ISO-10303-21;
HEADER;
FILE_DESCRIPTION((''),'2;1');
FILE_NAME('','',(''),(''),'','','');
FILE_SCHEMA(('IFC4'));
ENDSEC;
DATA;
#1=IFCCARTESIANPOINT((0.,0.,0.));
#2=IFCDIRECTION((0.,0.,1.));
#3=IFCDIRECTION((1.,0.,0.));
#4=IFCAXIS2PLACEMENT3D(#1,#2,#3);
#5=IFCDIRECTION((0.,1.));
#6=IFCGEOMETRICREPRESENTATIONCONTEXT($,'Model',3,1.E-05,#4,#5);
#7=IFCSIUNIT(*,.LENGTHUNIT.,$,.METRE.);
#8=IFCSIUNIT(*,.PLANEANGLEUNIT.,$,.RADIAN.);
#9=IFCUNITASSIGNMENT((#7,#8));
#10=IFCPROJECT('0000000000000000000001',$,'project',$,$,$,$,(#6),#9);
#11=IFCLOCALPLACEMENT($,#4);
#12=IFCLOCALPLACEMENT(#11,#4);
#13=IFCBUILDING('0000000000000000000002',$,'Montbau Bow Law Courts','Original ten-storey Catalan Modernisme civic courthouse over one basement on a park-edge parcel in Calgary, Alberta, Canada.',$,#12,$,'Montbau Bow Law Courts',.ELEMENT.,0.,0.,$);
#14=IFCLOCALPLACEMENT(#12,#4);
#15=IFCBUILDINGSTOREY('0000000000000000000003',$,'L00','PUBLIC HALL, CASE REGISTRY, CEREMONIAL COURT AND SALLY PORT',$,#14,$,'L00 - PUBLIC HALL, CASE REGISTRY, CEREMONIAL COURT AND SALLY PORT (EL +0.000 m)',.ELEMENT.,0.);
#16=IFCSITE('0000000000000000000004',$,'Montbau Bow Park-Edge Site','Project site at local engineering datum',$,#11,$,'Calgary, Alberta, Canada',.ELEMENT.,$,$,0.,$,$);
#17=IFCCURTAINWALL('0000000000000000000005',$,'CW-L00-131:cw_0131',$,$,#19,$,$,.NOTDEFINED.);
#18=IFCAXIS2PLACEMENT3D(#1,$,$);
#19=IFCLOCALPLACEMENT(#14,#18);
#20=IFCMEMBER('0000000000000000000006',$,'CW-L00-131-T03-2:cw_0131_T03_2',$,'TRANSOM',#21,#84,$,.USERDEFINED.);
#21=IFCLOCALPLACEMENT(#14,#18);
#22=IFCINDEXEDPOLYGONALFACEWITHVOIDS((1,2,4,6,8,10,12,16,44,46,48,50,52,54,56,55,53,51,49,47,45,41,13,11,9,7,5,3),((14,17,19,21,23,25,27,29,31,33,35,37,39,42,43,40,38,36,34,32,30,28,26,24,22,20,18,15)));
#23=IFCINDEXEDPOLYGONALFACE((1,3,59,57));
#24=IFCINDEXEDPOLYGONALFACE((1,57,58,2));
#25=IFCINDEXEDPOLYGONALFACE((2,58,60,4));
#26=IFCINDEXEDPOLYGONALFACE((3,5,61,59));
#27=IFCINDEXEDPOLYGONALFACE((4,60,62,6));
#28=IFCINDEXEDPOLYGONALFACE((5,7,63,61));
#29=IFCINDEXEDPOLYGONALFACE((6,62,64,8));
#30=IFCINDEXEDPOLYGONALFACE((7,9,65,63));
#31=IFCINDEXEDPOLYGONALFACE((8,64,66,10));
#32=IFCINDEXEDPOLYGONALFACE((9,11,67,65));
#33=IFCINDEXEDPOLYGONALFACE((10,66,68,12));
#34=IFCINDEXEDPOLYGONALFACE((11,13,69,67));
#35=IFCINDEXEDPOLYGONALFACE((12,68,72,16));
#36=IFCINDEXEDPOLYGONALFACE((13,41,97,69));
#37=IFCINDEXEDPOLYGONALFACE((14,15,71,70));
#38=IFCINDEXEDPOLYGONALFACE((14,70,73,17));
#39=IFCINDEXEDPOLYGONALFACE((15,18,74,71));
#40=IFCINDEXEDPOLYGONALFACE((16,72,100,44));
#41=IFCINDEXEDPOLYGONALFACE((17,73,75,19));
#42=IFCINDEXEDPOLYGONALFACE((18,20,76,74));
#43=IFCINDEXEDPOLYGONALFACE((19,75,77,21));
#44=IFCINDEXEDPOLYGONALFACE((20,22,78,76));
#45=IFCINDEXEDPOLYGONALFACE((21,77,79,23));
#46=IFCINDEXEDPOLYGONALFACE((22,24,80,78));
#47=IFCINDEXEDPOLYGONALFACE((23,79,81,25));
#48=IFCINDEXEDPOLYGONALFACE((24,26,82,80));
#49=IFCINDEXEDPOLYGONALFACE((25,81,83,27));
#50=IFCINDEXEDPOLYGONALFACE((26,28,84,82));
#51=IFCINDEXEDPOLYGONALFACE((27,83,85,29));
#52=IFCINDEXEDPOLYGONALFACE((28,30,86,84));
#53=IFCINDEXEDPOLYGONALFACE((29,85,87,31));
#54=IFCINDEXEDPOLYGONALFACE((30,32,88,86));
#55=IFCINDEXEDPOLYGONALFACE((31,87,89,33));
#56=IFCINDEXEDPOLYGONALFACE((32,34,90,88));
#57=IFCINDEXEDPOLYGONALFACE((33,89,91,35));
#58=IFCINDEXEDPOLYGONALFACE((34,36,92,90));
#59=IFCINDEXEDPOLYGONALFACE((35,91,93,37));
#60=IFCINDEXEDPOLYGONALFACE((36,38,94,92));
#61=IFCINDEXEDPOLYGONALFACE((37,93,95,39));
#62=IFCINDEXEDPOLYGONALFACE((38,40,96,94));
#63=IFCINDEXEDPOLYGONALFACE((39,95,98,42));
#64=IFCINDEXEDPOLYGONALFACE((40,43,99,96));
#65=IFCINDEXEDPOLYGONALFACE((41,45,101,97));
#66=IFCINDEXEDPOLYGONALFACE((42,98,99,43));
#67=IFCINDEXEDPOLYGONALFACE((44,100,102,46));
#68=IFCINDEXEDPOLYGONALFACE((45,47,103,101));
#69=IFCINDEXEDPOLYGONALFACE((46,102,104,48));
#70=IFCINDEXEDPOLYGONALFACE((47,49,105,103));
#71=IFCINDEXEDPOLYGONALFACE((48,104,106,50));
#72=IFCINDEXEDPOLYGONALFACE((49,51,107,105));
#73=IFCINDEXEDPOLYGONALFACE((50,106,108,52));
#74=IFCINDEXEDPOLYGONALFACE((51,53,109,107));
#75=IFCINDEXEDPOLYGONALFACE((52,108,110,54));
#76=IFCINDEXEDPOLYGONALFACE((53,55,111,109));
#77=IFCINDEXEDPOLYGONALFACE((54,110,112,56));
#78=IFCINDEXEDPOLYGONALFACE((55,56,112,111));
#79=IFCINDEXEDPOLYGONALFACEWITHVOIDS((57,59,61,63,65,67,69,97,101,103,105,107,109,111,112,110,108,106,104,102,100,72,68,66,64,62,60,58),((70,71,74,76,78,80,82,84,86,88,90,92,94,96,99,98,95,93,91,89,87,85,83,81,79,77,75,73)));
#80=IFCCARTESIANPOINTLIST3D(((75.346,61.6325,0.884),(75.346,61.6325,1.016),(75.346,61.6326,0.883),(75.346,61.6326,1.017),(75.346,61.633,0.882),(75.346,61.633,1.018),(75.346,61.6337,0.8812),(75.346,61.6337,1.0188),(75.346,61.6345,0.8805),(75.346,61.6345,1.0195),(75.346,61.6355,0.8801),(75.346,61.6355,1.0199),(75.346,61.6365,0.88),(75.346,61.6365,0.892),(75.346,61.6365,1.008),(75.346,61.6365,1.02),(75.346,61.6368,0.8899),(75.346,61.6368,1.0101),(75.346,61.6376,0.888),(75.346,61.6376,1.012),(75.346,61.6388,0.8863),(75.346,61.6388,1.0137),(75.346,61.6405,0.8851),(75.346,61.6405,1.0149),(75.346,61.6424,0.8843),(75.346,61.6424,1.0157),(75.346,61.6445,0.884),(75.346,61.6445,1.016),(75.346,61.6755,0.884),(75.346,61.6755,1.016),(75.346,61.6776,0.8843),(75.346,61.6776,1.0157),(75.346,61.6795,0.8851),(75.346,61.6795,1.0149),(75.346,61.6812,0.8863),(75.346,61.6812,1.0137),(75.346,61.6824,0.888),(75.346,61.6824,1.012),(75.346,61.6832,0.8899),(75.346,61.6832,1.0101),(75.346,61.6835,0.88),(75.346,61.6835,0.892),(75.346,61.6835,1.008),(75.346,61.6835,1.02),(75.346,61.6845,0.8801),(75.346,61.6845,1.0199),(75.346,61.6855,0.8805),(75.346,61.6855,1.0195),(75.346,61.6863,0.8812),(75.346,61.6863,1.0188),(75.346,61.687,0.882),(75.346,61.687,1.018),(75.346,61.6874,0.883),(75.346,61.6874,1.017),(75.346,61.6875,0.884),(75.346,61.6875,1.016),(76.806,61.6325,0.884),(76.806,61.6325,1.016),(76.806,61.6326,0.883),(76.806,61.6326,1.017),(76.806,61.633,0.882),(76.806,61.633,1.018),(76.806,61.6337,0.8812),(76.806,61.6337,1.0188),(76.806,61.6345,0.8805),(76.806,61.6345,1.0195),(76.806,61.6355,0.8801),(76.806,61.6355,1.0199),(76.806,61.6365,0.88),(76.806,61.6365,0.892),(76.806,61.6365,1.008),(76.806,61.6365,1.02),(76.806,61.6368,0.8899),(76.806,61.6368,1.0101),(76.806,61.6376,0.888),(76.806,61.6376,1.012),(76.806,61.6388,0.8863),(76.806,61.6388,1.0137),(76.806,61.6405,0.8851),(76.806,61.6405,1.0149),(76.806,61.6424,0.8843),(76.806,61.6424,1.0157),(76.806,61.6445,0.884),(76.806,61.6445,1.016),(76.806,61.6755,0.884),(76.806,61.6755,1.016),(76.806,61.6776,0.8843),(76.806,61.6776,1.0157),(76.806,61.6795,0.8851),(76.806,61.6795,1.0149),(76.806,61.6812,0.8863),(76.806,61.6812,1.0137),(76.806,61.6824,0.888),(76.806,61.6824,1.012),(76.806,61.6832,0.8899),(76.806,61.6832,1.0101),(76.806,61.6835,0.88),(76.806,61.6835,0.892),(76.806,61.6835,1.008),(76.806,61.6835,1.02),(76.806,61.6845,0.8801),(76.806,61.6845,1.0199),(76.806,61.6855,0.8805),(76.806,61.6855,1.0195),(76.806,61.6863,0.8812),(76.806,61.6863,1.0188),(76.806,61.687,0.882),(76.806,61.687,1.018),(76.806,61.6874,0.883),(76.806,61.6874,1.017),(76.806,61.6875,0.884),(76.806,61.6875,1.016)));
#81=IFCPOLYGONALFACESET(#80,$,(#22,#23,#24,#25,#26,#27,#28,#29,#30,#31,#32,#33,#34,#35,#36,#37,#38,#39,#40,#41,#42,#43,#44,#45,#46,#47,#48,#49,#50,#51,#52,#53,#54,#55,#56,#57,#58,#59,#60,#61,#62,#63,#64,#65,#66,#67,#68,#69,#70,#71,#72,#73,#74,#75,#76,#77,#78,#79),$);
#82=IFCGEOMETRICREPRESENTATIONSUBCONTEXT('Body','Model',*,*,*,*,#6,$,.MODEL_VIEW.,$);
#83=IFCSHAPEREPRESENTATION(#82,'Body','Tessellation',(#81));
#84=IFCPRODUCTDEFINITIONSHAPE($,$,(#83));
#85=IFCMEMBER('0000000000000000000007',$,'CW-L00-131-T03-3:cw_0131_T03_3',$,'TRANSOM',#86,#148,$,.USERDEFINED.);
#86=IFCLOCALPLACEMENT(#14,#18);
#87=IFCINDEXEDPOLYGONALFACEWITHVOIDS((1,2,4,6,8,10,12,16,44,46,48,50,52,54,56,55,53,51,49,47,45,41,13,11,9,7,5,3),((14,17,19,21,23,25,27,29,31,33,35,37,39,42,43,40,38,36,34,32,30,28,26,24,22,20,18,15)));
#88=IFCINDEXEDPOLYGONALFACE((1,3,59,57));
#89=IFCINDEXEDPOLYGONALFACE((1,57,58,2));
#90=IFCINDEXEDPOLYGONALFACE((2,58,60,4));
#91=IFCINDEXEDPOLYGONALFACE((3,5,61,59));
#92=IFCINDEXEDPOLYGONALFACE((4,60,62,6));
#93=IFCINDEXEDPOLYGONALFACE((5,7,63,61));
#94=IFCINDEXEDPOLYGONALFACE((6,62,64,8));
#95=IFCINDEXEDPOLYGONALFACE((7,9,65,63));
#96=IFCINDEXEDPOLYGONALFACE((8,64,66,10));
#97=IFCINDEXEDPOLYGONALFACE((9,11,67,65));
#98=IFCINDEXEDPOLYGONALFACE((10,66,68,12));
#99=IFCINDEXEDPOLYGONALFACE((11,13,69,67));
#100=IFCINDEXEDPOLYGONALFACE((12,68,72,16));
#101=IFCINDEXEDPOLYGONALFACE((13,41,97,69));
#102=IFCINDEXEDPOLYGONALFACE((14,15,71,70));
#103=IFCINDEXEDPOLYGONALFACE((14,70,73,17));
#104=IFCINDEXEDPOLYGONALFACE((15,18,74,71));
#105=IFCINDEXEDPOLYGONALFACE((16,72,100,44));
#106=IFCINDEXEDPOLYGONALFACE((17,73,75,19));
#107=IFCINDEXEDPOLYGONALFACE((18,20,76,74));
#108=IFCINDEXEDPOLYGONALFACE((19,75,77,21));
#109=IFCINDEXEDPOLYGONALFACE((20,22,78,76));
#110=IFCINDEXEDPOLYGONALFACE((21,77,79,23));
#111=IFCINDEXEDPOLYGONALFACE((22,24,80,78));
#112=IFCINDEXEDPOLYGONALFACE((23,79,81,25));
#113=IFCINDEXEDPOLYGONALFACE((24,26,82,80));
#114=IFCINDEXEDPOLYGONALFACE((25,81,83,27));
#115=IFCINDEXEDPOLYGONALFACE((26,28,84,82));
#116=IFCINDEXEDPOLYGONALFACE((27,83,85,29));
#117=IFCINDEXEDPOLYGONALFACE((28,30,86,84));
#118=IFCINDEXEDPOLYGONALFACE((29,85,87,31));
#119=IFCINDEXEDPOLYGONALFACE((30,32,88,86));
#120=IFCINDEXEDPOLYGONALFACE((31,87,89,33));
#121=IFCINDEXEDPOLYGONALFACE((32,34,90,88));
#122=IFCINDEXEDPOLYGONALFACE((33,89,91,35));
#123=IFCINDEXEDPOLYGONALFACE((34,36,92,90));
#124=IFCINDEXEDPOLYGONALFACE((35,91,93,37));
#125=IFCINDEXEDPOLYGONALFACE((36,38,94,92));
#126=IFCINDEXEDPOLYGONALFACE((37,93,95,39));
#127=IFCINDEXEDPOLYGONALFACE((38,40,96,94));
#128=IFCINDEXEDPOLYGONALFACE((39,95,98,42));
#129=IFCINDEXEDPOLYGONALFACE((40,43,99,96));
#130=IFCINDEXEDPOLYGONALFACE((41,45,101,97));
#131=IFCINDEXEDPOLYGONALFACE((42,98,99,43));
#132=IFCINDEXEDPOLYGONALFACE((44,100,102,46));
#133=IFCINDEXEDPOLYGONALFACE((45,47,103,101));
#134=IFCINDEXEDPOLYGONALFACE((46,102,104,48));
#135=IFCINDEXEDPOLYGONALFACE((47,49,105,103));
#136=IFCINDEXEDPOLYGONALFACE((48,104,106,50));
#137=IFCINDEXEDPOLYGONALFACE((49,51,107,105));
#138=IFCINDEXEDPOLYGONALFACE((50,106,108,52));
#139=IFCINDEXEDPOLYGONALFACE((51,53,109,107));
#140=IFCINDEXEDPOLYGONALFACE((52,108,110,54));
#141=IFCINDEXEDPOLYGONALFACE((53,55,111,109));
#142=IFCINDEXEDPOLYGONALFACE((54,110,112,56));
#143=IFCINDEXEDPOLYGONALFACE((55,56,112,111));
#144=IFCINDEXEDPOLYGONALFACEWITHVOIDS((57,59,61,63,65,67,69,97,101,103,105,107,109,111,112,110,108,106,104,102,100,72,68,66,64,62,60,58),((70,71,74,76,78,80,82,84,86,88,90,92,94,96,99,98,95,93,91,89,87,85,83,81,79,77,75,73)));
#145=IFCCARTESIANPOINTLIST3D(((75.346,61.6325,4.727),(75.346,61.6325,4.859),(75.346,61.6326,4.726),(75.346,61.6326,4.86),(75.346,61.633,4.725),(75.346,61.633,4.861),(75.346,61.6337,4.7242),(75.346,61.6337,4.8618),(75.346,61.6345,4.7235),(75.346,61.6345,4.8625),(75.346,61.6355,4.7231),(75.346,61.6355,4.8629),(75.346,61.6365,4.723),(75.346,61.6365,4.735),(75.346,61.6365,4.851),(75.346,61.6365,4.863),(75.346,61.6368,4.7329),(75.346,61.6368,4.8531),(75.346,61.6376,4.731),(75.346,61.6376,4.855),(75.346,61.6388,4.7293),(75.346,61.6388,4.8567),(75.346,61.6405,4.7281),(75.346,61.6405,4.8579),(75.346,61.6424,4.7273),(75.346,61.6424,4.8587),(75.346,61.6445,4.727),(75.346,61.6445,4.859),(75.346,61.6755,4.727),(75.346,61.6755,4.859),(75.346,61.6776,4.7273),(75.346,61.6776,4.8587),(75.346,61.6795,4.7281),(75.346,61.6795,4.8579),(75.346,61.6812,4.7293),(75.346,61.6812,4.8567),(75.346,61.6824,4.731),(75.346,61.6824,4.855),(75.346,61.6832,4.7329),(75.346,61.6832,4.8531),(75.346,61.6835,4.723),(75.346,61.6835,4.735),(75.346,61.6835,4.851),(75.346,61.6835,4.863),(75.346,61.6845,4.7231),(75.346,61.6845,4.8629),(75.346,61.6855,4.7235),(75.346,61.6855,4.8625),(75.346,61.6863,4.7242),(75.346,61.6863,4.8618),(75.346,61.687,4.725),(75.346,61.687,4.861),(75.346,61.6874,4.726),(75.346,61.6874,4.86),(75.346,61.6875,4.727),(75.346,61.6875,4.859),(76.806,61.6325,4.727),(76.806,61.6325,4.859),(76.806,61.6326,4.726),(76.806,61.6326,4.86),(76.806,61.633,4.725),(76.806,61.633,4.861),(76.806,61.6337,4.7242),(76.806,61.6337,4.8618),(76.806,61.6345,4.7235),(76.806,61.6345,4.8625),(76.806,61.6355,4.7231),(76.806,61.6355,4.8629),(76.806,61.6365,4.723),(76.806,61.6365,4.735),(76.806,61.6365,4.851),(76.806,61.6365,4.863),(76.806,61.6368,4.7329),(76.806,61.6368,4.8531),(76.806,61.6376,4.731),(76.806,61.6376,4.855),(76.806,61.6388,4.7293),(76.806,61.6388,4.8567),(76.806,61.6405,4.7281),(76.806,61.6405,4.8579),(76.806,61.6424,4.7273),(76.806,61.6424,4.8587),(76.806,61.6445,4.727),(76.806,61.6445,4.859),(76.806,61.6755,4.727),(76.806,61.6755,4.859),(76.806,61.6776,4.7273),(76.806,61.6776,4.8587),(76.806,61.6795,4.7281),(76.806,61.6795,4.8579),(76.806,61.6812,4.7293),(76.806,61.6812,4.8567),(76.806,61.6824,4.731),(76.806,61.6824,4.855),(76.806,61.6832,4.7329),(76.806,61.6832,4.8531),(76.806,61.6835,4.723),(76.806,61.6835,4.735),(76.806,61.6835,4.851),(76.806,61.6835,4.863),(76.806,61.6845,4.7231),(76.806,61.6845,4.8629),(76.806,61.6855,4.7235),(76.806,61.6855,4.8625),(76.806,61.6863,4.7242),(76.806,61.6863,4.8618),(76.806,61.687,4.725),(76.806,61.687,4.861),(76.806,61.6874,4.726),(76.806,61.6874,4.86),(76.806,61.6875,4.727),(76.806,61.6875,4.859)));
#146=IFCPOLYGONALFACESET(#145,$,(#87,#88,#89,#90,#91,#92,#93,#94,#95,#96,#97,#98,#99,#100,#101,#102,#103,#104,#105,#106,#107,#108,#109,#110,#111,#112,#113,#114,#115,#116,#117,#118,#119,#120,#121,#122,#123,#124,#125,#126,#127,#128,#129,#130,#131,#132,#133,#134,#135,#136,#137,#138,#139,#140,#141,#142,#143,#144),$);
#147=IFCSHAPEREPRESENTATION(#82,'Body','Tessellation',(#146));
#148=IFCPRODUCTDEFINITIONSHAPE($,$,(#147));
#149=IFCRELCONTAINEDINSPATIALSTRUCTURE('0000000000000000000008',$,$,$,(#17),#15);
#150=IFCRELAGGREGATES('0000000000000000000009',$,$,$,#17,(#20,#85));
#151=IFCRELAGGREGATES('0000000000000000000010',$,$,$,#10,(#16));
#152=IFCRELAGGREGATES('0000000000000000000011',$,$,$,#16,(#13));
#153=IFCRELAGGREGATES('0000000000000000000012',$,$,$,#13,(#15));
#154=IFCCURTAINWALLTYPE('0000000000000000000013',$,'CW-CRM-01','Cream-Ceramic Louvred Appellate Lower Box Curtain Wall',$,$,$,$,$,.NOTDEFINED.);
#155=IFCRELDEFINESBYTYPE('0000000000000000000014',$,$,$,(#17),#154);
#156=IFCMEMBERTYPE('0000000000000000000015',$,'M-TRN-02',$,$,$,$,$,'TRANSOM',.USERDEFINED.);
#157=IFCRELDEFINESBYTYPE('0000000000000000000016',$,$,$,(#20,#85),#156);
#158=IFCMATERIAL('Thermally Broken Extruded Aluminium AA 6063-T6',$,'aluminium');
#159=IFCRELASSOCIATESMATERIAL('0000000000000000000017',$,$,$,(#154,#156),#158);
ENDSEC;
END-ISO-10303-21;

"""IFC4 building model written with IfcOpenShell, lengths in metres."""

from ifc_helpers import new_model, si_unit, direction, frame, origin_with_axes, origin_2d_with_axis, place, context, subcontext, project, spatial, hollow_rectangle, extrude, material, material_profile, profile_set, type_object, element, aggregate, save


model = new_model("IFC4")

# Units and contexts
model_context = context("Model", 3, precision=1e-05, world=origin_with_axes(), true_north=direction((0.0, 1.0)))
body_context = subcontext(model_context, "Body", "Model", "MODEL_VIEW")
ifc_project = project(units=[si_unit("LENGTHUNIT", "METRE"), si_unit("PLANEANGLEUNIT", "RADIAN")], contexts=[model_context])

# Site, building, storey
site_placement = place(None, origin_with_axes())
site = spatial("IfcSite", under=ifc_project, at=site_placement, Name="Montbau Bow Park-Edge Site", Description="Project site at local engineering datum", LongName="Calgary, Alberta, Canada", CompositionType="ELEMENT", RefElevation=0.0)
building_placement = place(site_placement, origin_with_axes())
building = spatial("IfcBuilding", under=site, at=building_placement, Name="Montbau Bow Law Courts", Description="Original ten-storey Catalan Modernisme civic courthouse over one basement on a park-edge parcel in Calgary, Alberta, Canada.", LongName="Montbau Bow Law Courts", CompositionType="ELEMENT", ElevationOfRefHeight=0.0, ElevationOfTerrain=0.0)
storey_placement = place(building_placement, origin_with_axes())
storey = spatial("IfcBuildingStorey", under=building, at=storey_placement, Name="L00", Description="PUBLIC HALL, CASE REGISTRY, CEREMONIAL COURT AND SALLY PORT", LongName="L00 - PUBLIC HALL, CASE REGISTRY, CEREMONIAL COURT AND SALLY PORT (EL +0.000 m)", CompositionType="ELEMENT", Elevation=0.0)

# Curtain wall, members
ifc_material_1 = material(Name="Thermally Broken Extruded Aluminium AA 6063-T6", Category="aluminium")
curtain_wall_type = type_object("IfcCurtainWallType", Name="CW-CRM-01", Description="Cream-Ceramic Louvred Appellate Lower Box Curtain Wall", PredefinedType="NOTDEFINED", material=ifc_material_1)
curtain_wall_placement = place(None, frame((72.267, 61.66, 0.0), z_axis=(0.0, 0.0, 1.0), x_axis=(1.0, 0.0, 0.0)))
curtain_wall = element("IfcCurtainWall", 1, at=curtain_wall_placement, inside=storey, type_object=curtain_wall_type, Name="CW-L00-131:cw_0131", PredefinedType="NOTDEFINED")
ifc_material_profile_1 = material_profile(ifc_material_1, hollow_rectangle(XDim=0.055, YDim=0.14, WallThickness=0.004, InnerFilletRadius=0.008, OuterFilletRadius=0.004, at=origin_2d_with_axis()), Name="CWT-140X55", Category="Main", Priority=0)
ifc_profile_set_1 = profile_set([ifc_material_profile_1], Name="Thermally Broken Extruded Aluminium AA 6063-T6")
member_type_1 = type_object("IfcMemberType", Name="M-TRN-02", ElementType="TRANSOM", PredefinedType="USERDEFINED", material=ifc_profile_set_1)
member_1_placement = place(None, frame((75.346, 61.66, 0.95), z_axis=(1.0, 0.0, 0.0), x_axis=(0.0, 1.0, 0.0)))
member_1 = element("IfcMember", 2, at=member_1_placement, type_object=member_type_1, Name="CW-L00-131-T03-2:cw_0131_T03_2", ObjectType="TRANSOM", PredefinedType="USERDEFINED", context=body_context, shape_type="SweptSolid", body=[
    extrude(hollow_rectangle(XDim=0.055, YDim=0.14, WallThickness=0.004, InnerFilletRadius=0.008, OuterFilletRadius=0.004, at=origin_2d_with_axis()), origin_with_axes(), (0.0, 0.0, 1.0), 1.46),
])
member_2_placement = place(None, frame((75.346, 61.66, 4.793), z_axis=(1.0, 0.0, 0.0), x_axis=(0.0, 1.0, 0.0)))
member_2 = element("IfcMember", 3, at=member_2_placement, type_object=member_type_1, Name="CW-L00-131-T03-3:cw_0131_T03_3", ObjectType="TRANSOM", PredefinedType="USERDEFINED", context=body_context, shape_type="SweptSolid", body=[
    extrude(hollow_rectangle(XDim=0.055, YDim=0.14, WallThickness=0.004, InnerFilletRadius=0.008, OuterFilletRadius=0.004, at=origin_2d_with_axis()), origin_with_axes(), (0.0, 0.0, 1.0), 1.46),
])
aggregate(curtain_wall, [member_1, member_2])

save(model, "model.ifc")
